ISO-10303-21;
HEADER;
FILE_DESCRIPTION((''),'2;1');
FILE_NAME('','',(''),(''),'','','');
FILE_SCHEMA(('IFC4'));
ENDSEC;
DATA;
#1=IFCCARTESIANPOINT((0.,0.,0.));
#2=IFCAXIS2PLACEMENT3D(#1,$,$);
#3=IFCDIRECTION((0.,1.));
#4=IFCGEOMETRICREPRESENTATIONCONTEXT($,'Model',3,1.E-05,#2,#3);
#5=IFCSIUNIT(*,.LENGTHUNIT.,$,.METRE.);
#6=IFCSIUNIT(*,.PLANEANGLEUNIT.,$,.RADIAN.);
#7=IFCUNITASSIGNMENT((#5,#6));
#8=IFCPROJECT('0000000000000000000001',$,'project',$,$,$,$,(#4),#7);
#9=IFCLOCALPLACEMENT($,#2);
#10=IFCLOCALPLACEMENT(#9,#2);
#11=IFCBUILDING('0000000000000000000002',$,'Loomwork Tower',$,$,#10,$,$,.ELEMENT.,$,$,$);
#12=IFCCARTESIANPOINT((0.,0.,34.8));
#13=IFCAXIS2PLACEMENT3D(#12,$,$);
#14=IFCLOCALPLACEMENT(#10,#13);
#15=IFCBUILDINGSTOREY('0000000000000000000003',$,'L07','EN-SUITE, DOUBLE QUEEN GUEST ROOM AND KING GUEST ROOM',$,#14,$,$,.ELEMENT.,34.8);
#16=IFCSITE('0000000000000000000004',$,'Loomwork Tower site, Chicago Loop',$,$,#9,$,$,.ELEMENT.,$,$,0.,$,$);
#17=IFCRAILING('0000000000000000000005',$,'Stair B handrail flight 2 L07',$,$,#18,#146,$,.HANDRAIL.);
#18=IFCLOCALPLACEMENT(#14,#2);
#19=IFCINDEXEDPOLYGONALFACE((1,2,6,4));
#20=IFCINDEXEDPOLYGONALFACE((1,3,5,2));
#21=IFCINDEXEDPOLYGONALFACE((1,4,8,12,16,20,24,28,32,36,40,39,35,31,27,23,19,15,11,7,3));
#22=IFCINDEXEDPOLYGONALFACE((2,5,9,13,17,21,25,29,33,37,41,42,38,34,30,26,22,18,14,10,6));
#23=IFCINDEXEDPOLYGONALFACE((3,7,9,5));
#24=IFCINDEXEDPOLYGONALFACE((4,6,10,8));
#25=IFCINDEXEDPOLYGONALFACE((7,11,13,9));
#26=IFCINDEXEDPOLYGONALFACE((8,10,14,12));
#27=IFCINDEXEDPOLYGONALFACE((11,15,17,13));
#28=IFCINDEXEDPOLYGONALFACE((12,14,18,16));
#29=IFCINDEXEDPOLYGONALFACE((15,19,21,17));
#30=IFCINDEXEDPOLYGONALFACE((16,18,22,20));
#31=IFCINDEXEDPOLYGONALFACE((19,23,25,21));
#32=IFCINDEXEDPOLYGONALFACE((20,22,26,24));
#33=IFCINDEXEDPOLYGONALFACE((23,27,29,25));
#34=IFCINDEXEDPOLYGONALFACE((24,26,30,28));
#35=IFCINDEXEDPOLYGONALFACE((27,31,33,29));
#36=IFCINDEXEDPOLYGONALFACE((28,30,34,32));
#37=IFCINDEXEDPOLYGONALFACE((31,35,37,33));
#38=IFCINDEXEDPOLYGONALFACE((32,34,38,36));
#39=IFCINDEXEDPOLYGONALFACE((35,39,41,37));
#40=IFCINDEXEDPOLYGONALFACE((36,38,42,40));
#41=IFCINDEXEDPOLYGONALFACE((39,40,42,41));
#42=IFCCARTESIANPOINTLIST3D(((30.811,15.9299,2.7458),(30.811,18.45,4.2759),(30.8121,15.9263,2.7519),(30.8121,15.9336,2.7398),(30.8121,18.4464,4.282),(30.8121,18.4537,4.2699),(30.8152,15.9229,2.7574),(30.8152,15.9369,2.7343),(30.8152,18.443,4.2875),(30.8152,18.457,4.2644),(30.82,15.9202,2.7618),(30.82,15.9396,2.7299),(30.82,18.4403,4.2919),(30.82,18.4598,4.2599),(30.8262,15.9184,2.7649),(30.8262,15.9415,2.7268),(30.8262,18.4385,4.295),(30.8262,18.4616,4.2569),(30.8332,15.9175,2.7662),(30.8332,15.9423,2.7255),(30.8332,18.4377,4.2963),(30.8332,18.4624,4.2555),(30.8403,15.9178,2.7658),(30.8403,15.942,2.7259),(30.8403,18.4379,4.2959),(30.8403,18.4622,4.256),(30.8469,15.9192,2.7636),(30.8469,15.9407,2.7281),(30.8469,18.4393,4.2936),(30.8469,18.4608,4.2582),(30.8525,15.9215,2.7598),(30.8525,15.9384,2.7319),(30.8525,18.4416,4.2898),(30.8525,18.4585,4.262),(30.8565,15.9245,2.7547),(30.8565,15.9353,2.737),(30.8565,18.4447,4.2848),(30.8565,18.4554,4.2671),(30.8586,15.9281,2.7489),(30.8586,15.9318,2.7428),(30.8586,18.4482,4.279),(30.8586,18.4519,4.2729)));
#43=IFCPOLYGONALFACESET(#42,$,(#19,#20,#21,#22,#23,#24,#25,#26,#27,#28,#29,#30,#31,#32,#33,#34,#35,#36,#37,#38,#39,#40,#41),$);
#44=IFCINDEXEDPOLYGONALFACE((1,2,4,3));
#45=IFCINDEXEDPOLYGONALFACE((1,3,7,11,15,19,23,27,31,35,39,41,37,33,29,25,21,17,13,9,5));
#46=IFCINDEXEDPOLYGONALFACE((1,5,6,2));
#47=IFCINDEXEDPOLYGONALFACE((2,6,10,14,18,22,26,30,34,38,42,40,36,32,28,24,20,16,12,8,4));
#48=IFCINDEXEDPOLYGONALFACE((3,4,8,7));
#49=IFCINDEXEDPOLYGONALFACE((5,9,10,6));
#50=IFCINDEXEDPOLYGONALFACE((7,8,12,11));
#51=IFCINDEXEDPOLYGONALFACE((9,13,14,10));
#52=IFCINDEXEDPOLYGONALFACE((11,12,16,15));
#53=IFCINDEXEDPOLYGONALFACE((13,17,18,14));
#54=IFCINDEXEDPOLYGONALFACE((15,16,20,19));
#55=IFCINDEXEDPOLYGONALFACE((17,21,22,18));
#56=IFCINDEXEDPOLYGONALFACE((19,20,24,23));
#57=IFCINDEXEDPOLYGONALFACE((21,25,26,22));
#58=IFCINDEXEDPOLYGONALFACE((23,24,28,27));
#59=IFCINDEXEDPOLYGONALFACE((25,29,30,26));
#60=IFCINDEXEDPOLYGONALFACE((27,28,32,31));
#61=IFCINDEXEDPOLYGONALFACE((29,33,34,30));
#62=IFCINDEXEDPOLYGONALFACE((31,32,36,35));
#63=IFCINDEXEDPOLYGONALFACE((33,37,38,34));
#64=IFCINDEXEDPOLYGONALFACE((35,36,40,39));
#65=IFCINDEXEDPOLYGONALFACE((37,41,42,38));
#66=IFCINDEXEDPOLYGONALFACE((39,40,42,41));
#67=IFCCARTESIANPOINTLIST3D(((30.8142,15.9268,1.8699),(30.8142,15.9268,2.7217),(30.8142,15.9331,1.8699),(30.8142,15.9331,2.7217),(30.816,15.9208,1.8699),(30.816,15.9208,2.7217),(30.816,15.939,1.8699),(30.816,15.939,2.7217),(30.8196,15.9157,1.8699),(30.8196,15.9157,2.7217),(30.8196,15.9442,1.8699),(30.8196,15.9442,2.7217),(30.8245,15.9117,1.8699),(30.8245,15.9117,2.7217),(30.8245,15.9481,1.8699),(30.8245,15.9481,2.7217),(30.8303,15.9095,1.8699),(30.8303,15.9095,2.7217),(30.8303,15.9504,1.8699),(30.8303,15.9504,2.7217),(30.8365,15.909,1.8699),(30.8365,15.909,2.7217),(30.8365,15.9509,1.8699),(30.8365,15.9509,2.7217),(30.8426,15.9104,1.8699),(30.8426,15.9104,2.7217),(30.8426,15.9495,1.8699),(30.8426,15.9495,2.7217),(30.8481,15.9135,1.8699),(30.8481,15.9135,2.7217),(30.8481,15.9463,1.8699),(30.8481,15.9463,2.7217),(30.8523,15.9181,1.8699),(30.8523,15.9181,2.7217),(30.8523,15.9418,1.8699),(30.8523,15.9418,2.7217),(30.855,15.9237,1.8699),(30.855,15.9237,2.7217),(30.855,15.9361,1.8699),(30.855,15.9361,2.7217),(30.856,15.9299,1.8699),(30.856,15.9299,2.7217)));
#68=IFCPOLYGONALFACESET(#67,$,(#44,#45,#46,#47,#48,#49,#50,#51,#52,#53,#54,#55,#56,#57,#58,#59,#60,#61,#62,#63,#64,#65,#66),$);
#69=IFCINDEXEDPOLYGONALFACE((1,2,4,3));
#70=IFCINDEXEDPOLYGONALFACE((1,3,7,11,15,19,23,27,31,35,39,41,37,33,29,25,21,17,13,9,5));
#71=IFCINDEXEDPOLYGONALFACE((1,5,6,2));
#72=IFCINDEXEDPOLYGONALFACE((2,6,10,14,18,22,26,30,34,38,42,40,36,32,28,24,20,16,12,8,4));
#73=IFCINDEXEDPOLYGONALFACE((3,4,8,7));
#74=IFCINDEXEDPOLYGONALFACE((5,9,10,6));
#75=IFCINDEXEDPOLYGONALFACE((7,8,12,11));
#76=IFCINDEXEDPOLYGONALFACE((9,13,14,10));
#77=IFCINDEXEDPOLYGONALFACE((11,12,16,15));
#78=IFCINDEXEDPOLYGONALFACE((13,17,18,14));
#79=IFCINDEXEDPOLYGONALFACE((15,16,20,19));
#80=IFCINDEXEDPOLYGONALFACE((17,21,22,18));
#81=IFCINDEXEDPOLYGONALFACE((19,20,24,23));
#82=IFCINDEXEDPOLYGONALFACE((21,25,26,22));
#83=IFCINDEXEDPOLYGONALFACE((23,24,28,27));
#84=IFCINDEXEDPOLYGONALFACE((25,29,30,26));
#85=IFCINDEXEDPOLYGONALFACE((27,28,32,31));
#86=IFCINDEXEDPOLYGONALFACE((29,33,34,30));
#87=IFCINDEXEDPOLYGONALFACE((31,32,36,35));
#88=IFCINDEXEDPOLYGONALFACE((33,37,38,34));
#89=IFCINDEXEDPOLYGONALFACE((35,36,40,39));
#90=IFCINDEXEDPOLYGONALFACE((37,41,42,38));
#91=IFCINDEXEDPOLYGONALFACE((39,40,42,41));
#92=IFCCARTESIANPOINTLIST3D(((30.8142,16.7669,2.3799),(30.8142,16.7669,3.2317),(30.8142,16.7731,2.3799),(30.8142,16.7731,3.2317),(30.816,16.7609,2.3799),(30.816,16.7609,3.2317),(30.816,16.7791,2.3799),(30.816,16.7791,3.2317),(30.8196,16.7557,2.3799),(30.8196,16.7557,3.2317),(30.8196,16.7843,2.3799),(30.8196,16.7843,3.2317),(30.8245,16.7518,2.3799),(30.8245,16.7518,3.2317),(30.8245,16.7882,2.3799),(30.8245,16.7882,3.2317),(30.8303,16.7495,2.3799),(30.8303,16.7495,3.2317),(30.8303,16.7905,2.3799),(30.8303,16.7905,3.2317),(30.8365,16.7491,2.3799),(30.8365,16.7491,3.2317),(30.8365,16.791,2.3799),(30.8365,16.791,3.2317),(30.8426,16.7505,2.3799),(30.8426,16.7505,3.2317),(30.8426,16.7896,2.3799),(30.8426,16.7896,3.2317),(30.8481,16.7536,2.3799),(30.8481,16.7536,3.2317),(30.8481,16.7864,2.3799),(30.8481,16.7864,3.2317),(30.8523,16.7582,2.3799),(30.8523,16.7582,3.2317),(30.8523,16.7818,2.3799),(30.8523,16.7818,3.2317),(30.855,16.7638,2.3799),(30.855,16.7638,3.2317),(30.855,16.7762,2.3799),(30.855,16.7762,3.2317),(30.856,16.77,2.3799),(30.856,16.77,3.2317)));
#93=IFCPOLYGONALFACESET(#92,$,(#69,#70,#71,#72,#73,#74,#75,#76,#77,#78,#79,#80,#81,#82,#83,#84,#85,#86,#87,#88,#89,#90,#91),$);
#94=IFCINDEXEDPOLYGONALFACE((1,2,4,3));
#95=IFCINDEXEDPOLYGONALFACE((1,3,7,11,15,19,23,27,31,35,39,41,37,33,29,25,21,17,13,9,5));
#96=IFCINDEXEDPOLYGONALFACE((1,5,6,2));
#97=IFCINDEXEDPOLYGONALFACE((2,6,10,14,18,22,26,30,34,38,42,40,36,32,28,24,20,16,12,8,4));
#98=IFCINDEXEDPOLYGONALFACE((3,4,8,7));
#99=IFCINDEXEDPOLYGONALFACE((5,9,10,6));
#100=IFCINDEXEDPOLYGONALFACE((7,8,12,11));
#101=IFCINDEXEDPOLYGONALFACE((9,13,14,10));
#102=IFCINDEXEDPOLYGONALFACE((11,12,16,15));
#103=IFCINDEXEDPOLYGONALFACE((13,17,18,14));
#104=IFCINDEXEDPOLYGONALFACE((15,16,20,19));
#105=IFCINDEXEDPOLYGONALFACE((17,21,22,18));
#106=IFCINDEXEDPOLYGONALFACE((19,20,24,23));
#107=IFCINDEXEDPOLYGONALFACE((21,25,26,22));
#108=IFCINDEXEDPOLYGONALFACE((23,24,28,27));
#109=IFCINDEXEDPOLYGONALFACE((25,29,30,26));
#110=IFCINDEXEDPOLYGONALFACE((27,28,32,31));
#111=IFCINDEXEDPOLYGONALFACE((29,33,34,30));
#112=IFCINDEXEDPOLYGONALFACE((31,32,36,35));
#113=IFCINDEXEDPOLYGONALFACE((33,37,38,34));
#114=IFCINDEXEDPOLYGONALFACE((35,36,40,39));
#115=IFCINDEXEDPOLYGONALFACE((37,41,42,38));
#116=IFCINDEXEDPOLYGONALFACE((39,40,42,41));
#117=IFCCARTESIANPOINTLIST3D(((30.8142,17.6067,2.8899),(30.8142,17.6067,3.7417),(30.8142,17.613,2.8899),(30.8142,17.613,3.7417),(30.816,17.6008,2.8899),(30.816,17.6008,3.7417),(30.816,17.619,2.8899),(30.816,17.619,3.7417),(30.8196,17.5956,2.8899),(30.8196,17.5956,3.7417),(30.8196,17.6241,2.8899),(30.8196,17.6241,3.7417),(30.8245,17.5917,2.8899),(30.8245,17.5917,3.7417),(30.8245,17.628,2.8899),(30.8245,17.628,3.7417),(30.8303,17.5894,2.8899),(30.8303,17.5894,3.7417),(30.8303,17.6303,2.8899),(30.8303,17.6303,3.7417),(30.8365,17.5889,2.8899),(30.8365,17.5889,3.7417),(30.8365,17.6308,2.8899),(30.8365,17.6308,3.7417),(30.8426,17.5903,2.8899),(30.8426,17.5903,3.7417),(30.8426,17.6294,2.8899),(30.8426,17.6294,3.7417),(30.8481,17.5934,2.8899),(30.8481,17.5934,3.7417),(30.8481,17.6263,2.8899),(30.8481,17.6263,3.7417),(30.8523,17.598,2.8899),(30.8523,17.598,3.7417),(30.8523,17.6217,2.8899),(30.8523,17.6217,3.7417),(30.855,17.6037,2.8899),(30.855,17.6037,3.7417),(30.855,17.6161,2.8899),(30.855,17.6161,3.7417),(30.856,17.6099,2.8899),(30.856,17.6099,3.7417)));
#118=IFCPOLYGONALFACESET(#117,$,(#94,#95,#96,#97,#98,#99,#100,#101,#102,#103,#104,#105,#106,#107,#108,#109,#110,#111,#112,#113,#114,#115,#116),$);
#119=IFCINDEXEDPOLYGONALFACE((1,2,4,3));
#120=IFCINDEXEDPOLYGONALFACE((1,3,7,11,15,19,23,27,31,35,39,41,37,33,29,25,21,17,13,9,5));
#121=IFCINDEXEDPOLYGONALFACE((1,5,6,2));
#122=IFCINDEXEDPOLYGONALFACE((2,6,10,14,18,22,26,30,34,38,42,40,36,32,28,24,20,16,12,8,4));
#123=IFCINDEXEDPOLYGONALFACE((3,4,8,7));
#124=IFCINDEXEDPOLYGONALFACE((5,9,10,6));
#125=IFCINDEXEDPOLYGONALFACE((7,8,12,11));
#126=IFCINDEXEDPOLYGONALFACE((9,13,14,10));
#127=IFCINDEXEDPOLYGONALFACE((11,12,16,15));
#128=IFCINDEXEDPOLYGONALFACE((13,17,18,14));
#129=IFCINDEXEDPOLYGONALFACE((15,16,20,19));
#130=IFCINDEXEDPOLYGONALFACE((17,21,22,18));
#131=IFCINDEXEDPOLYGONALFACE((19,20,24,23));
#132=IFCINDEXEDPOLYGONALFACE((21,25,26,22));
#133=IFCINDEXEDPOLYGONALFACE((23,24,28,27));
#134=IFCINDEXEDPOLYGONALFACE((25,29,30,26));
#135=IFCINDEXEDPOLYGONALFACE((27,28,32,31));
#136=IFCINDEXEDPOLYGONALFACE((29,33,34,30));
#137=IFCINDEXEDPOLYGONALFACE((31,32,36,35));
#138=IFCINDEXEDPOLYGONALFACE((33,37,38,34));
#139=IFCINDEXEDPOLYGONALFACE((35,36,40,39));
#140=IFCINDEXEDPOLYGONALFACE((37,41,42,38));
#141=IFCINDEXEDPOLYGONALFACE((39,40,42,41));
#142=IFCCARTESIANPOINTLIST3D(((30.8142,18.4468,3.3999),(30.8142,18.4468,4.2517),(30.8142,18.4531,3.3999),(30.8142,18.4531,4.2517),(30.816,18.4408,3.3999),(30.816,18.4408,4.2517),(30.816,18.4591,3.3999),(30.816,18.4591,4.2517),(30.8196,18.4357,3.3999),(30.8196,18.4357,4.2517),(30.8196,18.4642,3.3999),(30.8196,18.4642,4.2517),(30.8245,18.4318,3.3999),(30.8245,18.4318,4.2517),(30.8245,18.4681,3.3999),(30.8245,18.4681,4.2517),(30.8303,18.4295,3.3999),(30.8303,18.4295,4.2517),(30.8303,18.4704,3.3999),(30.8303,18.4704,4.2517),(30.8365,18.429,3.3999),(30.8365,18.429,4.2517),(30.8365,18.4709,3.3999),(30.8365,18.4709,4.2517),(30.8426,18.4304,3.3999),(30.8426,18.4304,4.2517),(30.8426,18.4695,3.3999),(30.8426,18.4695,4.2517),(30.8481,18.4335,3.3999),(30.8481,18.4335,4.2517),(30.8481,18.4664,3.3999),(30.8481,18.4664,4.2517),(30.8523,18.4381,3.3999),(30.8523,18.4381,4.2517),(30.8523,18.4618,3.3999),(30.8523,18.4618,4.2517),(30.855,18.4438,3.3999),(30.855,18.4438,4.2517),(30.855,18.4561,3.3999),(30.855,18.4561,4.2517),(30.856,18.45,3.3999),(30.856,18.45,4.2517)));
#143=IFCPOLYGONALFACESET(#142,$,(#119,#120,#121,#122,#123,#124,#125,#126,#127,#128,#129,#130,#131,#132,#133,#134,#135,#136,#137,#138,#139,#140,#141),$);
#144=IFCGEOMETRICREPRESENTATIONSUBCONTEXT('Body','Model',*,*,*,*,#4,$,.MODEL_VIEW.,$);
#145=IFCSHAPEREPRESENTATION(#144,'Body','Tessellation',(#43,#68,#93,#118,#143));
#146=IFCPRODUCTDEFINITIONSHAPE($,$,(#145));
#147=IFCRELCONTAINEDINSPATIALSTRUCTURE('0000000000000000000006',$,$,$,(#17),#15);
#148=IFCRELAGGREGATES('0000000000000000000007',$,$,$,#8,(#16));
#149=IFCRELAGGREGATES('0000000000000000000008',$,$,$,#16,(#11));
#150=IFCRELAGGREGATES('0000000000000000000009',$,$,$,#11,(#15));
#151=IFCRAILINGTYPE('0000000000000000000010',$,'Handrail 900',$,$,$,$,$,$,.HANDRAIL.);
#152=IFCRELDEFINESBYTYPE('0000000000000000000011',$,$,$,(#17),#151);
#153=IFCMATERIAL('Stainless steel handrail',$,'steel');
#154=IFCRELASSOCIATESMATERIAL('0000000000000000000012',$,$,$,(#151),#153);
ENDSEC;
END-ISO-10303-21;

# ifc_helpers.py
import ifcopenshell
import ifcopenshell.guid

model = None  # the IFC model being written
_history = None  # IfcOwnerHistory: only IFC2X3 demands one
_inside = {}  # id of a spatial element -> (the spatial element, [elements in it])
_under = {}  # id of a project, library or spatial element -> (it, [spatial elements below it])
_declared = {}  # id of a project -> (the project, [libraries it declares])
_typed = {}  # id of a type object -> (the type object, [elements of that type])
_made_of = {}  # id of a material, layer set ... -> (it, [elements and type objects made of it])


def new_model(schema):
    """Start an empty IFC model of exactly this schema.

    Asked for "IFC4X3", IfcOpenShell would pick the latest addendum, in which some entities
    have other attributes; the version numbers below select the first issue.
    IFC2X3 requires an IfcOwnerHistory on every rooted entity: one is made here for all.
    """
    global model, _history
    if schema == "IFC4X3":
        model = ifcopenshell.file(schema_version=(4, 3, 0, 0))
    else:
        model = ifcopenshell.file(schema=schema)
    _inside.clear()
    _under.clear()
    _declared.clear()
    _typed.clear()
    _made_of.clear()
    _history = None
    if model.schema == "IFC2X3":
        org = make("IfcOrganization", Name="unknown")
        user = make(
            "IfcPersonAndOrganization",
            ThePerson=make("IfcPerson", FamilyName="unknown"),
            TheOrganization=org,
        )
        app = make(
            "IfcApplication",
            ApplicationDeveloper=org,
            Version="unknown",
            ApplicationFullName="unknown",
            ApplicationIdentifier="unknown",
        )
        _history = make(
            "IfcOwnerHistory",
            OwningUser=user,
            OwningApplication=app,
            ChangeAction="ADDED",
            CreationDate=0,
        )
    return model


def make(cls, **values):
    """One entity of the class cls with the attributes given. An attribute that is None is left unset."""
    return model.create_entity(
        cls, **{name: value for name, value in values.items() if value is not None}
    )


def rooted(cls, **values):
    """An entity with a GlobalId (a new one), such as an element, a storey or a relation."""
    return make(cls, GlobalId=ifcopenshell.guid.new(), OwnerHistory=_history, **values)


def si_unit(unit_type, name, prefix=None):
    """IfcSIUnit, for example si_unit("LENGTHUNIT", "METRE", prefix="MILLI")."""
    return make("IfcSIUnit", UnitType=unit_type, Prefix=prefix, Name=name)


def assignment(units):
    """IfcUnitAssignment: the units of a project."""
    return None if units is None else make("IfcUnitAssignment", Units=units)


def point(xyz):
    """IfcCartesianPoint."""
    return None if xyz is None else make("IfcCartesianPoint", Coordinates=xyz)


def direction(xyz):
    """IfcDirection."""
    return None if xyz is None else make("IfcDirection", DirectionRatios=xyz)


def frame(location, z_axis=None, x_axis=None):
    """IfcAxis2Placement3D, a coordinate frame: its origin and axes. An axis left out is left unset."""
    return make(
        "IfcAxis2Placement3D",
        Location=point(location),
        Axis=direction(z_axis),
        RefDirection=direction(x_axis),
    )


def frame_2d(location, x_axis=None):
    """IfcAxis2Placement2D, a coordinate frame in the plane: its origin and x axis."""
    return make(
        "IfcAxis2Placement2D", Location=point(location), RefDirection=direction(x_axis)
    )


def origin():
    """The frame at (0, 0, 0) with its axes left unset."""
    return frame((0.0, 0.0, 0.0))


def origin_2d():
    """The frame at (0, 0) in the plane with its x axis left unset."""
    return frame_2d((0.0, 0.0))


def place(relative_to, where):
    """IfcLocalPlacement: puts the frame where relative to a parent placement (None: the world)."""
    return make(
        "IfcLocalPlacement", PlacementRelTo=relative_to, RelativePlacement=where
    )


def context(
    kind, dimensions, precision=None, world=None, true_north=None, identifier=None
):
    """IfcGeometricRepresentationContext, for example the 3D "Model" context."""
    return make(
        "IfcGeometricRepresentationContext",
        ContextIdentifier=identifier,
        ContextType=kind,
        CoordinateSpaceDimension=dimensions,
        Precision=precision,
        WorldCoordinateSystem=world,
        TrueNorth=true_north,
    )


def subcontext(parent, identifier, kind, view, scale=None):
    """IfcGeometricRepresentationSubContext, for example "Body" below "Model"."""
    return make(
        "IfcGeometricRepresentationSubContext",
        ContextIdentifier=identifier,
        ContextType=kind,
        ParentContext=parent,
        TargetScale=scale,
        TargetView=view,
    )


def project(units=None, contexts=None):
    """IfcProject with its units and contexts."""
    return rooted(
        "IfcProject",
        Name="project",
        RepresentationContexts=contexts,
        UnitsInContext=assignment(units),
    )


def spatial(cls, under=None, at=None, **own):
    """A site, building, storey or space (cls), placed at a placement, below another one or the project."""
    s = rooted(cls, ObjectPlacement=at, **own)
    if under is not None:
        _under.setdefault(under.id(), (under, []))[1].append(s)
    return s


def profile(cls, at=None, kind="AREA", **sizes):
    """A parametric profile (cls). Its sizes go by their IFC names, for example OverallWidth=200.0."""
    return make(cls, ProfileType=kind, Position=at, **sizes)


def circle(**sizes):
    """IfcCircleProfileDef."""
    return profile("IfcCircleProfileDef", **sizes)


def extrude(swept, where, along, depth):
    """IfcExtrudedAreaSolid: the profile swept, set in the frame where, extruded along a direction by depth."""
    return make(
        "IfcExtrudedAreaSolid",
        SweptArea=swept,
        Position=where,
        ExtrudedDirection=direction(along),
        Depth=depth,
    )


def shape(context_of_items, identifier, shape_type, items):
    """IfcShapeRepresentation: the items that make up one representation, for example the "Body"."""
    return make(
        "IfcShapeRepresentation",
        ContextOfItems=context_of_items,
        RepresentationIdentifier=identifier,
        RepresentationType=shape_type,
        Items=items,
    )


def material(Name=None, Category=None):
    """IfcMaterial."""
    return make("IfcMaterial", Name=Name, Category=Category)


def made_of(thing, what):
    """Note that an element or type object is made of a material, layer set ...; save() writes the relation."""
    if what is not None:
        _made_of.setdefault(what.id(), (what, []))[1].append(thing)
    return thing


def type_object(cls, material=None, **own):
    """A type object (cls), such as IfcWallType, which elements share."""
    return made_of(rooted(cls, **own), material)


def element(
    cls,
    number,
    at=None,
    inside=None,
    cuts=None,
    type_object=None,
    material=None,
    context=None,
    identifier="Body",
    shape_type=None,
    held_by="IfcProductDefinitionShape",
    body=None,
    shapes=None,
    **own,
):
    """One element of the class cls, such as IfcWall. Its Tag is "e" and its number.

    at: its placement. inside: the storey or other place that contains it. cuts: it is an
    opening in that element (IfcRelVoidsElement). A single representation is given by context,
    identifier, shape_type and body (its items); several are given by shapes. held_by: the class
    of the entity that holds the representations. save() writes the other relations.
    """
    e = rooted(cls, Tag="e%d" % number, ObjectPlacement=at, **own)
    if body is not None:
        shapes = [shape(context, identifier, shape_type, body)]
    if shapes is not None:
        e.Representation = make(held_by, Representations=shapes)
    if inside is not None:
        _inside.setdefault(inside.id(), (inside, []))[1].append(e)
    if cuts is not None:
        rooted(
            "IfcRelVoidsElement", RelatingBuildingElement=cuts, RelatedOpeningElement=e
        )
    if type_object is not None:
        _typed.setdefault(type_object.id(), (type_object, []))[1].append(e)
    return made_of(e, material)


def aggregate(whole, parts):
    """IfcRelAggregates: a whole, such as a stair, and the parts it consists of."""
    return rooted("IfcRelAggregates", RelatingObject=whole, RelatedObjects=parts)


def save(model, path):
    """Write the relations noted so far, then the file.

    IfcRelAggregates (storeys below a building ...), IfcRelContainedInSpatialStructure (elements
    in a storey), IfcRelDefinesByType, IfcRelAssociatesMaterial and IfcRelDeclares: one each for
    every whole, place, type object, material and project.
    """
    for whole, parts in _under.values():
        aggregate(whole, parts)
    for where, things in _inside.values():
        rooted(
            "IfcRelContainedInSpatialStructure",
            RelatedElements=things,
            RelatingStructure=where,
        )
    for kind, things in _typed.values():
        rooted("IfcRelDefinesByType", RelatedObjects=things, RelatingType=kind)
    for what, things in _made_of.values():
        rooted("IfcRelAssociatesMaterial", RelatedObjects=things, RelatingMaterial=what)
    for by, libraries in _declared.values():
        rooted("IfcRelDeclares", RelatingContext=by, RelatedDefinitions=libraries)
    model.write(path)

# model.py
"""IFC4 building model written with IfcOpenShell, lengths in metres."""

from ifc_helpers import new_model, si_unit, direction, frame, origin, origin_2d, place, context, subcontext, project, spatial, circle, extrude, material, type_object, element, save


model = new_model("IFC4")

# Units and contexts
model_context = context("Model", 3, precision=1e-05, world=origin(), true_north=direction((0.0, 1.0)))
body_context = subcontext(model_context, "Body", "Model", "MODEL_VIEW")
ifc_project = project(units=[si_unit("LENGTHUNIT", "METRE"), si_unit("PLANEANGLEUNIT", "RADIAN")], contexts=[model_context])

# Site, building, storey
site_placement = place(None, origin())
site = spatial("IfcSite", under=ifc_project, at=site_placement, Name="Loomwork Tower site, Chicago Loop", CompositionType="ELEMENT", RefElevation=0.0)
building_placement = place(site_placement, origin())
building = spatial("IfcBuilding", under=site, at=building_placement, Name="Loomwork Tower", CompositionType="ELEMENT")
storey_placement = place(building_placement, frame((0.0, 0.0, 34.8)))
storey = spatial("IfcBuildingStorey", under=building, at=storey_placement, Name="L07", Description="EN-SUITE, DOUBLE QUEEN GUEST ROOM AND KING GUEST ROOM", CompositionType="ELEMENT", Elevation=34.8)

# Railing
ifc_material_1 = material(Name="Stainless steel handrail", Category="steel")
railing_type = type_object("IfcRailingType", Name="Handrail 900", PredefinedType="HANDRAIL", material=ifc_material_1)
railing_placement = place(storey_placement, frame((30.835, 15.9299, 1.8699)))
element("IfcRailing", 1, at=railing_placement, inside=storey, type_object=railing_type, Name="Stair B handrail flight 2 L07", PredefinedType="HANDRAIL", context=body_context, shape_type="SweptSolid", body=[
    extrude(circle(Radius=0.0239, at=origin_2d()), frame((0.0, 0.0, 0.876), z_axis=(0.0, 0.854785, 0.518982), x_axis=(-1.0, 0.0, 0.0)), (0.0, 0.0, 1.0), 2.9482),
    extrude(circle(Radius=0.021, at=origin_2d()), origin(), (0.0, 0.0, 1.0), 0.8518),
    extrude(circle(Radius=0.021, at=origin_2d()), frame((0.0, 0.8401, 0.51)), (0.0, 0.0, 1.0), 0.8518),
    extrude(circle(Radius=0.021, at=origin_2d()), frame((0.0, 1.6799, 1.02)), (0.0, 0.0, 1.0), 0.8518),
    extrude(circle(Radius=0.021, at=origin_2d()), frame((0.0, 2.52, 1.53)), (0.0, 0.0, 1.0), 0.8518),
])

save(model, "model.ifc")
